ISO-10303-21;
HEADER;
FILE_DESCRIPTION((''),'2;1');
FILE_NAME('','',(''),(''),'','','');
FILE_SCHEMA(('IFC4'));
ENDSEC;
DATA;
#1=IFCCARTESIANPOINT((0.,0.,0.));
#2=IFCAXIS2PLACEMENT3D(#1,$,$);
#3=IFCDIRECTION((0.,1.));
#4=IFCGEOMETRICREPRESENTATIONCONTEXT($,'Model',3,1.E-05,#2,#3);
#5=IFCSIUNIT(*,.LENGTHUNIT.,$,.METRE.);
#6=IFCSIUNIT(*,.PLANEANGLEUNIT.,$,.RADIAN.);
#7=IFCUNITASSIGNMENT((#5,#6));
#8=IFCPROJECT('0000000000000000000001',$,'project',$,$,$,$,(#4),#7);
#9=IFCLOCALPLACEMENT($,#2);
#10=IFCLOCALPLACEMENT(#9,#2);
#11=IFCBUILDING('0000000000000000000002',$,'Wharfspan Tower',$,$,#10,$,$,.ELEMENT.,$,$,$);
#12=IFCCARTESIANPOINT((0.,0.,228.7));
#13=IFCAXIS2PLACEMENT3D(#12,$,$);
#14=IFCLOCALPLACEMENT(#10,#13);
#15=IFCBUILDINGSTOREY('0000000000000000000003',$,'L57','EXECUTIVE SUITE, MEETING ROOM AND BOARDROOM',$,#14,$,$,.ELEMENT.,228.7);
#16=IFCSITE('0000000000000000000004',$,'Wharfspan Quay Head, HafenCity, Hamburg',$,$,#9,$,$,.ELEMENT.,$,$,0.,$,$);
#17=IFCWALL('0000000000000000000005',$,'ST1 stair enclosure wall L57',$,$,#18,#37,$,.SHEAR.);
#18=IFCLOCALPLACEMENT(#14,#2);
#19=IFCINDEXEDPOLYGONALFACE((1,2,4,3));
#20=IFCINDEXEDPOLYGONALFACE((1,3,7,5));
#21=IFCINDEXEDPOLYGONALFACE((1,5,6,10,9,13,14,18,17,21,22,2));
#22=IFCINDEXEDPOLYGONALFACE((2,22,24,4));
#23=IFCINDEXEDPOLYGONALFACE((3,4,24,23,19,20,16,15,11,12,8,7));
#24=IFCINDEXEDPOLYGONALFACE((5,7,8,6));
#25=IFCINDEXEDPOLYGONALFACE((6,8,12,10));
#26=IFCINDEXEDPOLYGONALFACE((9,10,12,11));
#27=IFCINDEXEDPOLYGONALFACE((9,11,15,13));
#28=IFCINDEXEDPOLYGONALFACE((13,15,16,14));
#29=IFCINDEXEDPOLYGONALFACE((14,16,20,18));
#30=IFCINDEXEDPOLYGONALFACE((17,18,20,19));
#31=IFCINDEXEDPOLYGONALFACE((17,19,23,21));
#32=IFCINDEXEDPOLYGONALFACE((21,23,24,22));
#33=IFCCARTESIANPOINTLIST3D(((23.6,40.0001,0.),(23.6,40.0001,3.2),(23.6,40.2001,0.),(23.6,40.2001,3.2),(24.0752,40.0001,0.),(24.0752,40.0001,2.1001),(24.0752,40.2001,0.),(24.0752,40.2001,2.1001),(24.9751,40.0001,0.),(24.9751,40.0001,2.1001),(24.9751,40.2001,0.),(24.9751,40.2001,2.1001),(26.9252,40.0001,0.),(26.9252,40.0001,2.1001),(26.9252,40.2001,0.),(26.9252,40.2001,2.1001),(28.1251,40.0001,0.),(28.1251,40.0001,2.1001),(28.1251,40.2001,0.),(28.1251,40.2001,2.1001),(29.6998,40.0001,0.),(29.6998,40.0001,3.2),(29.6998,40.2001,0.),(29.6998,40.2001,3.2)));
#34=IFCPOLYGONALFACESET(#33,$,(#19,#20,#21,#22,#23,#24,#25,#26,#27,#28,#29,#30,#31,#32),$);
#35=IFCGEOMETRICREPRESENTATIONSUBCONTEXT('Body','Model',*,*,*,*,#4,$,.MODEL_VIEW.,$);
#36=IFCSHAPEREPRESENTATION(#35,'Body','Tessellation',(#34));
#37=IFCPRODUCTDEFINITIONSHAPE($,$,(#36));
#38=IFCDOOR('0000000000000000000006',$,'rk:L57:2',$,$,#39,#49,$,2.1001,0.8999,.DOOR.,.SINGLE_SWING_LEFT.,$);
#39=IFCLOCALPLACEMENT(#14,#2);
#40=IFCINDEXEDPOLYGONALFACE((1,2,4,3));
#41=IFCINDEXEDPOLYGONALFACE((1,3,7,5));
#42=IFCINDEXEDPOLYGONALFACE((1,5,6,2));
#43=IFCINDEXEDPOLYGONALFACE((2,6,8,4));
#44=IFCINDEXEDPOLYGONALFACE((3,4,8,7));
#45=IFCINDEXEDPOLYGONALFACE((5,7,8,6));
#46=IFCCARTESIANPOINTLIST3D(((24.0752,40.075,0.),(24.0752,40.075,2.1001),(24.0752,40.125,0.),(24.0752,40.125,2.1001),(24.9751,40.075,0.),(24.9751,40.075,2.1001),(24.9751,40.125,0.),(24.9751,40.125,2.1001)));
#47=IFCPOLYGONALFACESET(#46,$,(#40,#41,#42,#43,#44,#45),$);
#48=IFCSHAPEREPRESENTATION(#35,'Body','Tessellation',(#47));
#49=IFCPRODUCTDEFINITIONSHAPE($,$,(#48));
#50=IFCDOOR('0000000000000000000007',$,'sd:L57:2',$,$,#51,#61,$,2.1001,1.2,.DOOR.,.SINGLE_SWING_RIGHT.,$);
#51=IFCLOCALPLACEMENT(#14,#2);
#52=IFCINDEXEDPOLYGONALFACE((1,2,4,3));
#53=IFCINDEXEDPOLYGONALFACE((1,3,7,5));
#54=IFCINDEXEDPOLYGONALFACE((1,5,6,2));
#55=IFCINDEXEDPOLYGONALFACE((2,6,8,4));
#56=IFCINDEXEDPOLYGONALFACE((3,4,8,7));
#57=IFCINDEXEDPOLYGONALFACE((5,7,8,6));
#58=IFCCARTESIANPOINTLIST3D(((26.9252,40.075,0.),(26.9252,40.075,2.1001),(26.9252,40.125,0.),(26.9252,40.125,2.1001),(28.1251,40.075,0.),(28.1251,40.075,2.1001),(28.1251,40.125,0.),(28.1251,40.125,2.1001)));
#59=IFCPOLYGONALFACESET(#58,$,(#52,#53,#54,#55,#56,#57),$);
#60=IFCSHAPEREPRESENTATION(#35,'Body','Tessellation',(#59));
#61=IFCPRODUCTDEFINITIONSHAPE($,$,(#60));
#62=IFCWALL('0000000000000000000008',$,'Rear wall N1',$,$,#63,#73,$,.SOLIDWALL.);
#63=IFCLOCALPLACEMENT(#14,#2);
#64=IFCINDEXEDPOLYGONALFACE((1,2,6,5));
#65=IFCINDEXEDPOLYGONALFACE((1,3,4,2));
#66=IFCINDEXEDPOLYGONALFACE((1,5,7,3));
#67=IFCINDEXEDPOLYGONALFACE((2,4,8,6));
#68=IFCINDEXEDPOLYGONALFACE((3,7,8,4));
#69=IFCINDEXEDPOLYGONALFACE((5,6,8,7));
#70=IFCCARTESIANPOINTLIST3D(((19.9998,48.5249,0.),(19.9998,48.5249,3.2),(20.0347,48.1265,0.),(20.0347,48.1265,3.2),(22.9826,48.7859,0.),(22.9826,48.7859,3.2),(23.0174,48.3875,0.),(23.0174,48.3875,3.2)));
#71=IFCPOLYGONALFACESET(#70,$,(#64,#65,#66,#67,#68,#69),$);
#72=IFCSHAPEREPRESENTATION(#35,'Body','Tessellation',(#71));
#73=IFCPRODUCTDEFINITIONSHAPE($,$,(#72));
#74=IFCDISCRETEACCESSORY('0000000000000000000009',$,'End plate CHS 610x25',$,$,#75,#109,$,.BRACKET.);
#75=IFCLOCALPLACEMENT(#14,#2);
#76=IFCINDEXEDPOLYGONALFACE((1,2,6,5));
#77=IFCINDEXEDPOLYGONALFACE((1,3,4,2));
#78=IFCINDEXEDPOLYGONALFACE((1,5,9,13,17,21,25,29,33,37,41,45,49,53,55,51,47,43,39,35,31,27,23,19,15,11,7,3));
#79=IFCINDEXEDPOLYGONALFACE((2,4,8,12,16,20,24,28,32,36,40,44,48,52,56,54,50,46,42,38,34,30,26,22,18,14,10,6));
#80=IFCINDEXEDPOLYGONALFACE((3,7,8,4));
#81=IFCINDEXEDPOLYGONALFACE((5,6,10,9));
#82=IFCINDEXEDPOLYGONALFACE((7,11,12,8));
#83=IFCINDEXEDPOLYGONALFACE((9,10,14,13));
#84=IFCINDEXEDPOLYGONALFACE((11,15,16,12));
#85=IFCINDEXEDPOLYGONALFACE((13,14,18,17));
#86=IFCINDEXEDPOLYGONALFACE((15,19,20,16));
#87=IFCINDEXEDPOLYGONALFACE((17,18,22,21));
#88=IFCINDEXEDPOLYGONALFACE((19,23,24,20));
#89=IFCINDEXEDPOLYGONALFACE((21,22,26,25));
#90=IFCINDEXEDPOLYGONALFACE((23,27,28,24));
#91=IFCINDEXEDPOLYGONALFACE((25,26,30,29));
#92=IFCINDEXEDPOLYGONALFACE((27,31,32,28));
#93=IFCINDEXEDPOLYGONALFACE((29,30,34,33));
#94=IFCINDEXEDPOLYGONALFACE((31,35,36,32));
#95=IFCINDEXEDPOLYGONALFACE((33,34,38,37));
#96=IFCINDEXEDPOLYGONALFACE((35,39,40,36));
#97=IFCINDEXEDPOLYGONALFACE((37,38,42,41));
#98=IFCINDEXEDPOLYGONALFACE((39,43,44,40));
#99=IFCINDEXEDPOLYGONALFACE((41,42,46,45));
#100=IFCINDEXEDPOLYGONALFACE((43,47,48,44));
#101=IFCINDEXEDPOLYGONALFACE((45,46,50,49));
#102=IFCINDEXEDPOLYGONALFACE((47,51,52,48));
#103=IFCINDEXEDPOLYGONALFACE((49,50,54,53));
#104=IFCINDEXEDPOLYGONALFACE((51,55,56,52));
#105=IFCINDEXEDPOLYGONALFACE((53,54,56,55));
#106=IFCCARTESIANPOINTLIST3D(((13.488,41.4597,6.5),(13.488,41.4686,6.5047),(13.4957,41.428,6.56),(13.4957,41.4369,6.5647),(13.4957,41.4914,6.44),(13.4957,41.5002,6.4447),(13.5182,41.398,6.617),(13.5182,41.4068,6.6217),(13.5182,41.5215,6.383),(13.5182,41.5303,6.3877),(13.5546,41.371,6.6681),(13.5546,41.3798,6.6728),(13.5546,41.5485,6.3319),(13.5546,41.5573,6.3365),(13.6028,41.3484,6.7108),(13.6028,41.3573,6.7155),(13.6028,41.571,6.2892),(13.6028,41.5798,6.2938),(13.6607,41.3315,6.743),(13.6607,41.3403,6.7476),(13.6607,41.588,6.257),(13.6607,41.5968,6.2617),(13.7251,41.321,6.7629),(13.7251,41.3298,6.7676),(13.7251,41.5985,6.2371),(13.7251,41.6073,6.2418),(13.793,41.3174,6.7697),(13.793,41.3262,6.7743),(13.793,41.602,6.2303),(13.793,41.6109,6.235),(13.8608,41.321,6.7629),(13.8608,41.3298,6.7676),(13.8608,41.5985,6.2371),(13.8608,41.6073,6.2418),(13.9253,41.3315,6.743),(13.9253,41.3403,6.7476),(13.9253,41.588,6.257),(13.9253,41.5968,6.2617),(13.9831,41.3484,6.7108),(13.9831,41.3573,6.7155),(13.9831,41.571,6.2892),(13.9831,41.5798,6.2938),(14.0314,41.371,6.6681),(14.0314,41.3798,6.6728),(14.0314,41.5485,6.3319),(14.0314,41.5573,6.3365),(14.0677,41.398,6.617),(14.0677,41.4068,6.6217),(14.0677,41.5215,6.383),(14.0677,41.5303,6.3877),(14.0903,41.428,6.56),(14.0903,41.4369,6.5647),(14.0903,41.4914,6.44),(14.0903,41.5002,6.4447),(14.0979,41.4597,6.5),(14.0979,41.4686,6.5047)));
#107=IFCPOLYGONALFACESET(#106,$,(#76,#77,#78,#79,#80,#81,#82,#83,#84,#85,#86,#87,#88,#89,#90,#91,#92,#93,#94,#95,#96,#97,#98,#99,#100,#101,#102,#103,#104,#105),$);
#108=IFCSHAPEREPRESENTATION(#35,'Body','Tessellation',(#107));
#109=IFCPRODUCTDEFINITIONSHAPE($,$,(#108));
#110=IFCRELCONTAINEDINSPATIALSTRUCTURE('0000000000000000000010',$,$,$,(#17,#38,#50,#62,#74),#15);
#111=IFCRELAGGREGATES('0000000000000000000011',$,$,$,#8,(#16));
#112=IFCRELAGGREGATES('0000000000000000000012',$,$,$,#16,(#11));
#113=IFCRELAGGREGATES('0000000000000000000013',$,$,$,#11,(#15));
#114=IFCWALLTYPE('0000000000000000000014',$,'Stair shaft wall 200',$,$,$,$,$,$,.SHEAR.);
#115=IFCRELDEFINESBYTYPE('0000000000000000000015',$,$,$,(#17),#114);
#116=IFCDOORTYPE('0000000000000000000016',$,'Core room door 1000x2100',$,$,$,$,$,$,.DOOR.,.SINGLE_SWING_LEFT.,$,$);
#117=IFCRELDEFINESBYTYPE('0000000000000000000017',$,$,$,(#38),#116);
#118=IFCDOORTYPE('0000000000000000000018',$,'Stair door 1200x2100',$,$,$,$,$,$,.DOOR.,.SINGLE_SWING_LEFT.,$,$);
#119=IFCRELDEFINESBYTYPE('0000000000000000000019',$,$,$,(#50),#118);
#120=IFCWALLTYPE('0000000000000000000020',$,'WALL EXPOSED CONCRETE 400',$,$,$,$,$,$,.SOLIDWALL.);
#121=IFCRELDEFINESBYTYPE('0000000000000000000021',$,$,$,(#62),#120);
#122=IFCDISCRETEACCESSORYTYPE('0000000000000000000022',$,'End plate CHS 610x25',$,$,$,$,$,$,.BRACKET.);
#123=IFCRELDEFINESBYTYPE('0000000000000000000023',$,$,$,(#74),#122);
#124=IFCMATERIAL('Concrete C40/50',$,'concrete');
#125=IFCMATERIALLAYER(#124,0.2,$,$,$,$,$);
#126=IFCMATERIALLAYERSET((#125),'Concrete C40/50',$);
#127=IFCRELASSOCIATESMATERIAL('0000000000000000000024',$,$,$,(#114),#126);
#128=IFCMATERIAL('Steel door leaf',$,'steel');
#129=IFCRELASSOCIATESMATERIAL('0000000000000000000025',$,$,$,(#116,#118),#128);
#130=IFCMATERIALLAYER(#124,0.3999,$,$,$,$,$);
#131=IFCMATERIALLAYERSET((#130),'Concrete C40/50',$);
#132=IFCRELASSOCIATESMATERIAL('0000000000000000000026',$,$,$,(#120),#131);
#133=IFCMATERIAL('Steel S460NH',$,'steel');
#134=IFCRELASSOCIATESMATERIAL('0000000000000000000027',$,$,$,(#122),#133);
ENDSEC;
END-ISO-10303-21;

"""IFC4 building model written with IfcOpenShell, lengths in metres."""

from ifc_helpers import new_model, si_unit, direction, frame, frame_2d, origin, origin_2d, place, context, subcontext, project, spatial, rectangle, circle, extrude, material, layer, layer_set, material_profile, profile_set, type_object, element, fill, save


model = new_model("IFC4")

# Units and contexts
model_context = context("Model", 3, precision=1e-05, world=origin(), true_north=direction((0.0, 1.0)))
body_context = subcontext(model_context, "Body", "Model", "MODEL_VIEW")
ifc_project = project(units=[si_unit("LENGTHUNIT", "METRE"), si_unit("PLANEANGLEUNIT", "RADIAN")], contexts=[model_context])

# Site, building, storey
site_placement = place(None, origin())
site = spatial("IfcSite", under=ifc_project, at=site_placement, Name="Wharfspan Quay Head, HafenCity, Hamburg", CompositionType="ELEMENT", RefElevation=0.0)
building_placement = place(site_placement, origin())
building = spatial("IfcBuilding", under=site, at=building_placement, Name="Wharfspan Tower", CompositionType="ELEMENT")
storey_placement = place(building_placement, frame((0.0, 0.0, 228.7)))
storey = spatial("IfcBuildingStorey", under=building, at=storey_placement, Name="L57", Description="EXECUTIVE SUITE, MEETING ROOM AND BOARDROOM", CompositionType="ELEMENT", Elevation=228.7)

# Shared definitions
ifc_material_1 = material(Name="Concrete C40/50", Category="concrete")

# Wall, openings, doors
ifc_layer_1 = layer(ifc_material_1, 0.2)
ifc_layer_set_1 = layer_set([ifc_layer_1], Name="Concrete C40/50")
wall_type_1 = type_object("IfcWallType", Name="Stair shaft wall 200", PredefinedType="SHEAR", material=ifc_layer_set_1)
wall_1_placement = place(storey_placement, frame((23.6001, 40.1001, 0.0), z_axis=(0.0, 0.0, 1.0), x_axis=(1.0, 0.0, 0.0)))
wall_1 = element("IfcWall", 1, at=wall_1_placement, inside=storey, type_object=wall_type_1, Name="ST1 stair enclosure wall L57", PredefinedType="SHEAR", context=body_context, shape_type="SweptSolid", body=[
    extrude(rectangle(XDim=6.0999, YDim=0.2, at=frame_2d((3.0498, 0.0))), origin(), (0.0, 0.0, 1.0), 3.2),
])
opening_1_placement = place(wall_1_placement, frame((3.325, 0.0, 0.0)))
opening_1 = element("IfcOpeningElement", 2, at=opening_1_placement, cuts=wall_1, PredefinedType="OPENING", context=body_context, shape_type="SweptSolid", body=[
    extrude(rectangle(XDim=1.2, YDim=2.1001, at=frame_2d((0.6001, 1.05))), frame((0.0, 0.1099, 0.0), z_axis=(0.0, -1.0, 0.0), x_axis=(1.0, 0.0, 0.0)), (0.0, 0.0, 1.0), 0.22),
])
opening_2_placement = place(wall_1_placement, frame((0.4751, 0.0, 0.0)))
opening_2 = element("IfcOpeningElement", 3, at=opening_2_placement, cuts=wall_1, PredefinedType="OPENING", context=body_context, shape_type="SweptSolid", body=[
    extrude(rectangle(XDim=0.8999, YDim=2.1001, at=frame_2d((0.45, 1.05))), frame((0.0, 0.1099, 0.0), z_axis=(0.0, -1.0, 0.0), x_axis=(1.0, 0.0, 0.0)), (0.0, 0.0, 1.0), 0.22),
])
ifc_material_2 = material(Name="Steel door leaf", Category="steel")
door_type_1 = type_object("IfcDoorType", Name="Core room door 1000x2100", OperationType="SINGLE_SWING_LEFT", PredefinedType="DOOR", material=ifc_material_2)
door_1_placement = place(opening_2_placement, origin())
door_1 = element("IfcDoor", 4, at=door_1_placement, inside=storey, type_object=door_type_1, Name="rk:L57:2", OperationType="SINGLE_SWING_LEFT", OverallHeight=2.1001, OverallWidth=0.8999, PredefinedType="DOOR", context=body_context, shape_type="SweptSolid", body=[
    extrude(rectangle(XDim=0.8999, YDim=2.1001, at=frame_2d((0.45, 1.05))), frame((0.0, 0.0249, 0.0), z_axis=(0.0, -1.0, 0.0), x_axis=(1.0, 0.0, 0.0)), (0.0, 0.0, 1.0), 0.05),
])
fill(opening_2, door_1)
door_type_2 = type_object("IfcDoorType", Name="Stair door 1200x2100", OperationType="SINGLE_SWING_LEFT", PredefinedType="DOOR", material=ifc_material_2)
door_2_placement = place(opening_1_placement, origin())
door_2 = element("IfcDoor", 5, at=door_2_placement, inside=storey, type_object=door_type_2, Name="sd:L57:2", OperationType="SINGLE_SWING_RIGHT", OverallHeight=2.1001, OverallWidth=1.2, PredefinedType="DOOR", context=body_context, shape_type="SweptSolid", body=[
    extrude(rectangle(XDim=1.2, YDim=2.1001, at=frame_2d((0.6001, 1.05))), frame((0.0, 0.0249, 0.0), z_axis=(0.0, -1.0, 0.0), x_axis=(1.0, 0.0, 0.0)), (0.0, 0.0, 1.0), 0.05),
])
fill(opening_1, door_2)

# Wall
ifc_layer_2 = layer(ifc_material_1, 0.3999)
ifc_layer_set_2 = layer_set([ifc_layer_2], Name="Concrete C40/50")
wall_type_2 = type_object("IfcWallType", Name="WALL EXPOSED CONCRETE 400", PredefinedType="SOLIDWALL", material=ifc_layer_set_2)
wall_2_placement = place(storey_placement, frame((23.0, 48.5867, 0.0), z_axis=(0.0, 0.0, 1.0), x_axis=(-0.996194, -0.087168, 0.0)))
element("IfcWall", 6, at=wall_2_placement, inside=storey, type_object=wall_type_2, Name="Rear wall N1", PredefinedType="SOLIDWALL", context=body_context, shape_type="SweptSolid", body=[
    extrude(rectangle(XDim=2.9941, YDim=0.3999, at=frame_2d((1.4971, 0.0))), origin(), (0.0, 0.0, 1.0), 3.2),
])

# Discrete accessory
ifc_material_3 = material(Name="Steel S460NH", Category="steel")
ifc_material_profile_1 = material_profile(ifc_material_3, circle(Radius=0.3049, at=origin_2d()))
ifc_profile_set_1 = profile_set([ifc_material_profile_1], Name="Steel S460NH")
discrete_accessory_type = type_object("IfcDiscreteAccessoryType", Name="End plate CHS 610x25", PredefinedType="BRACKET", material=ifc_profile_set_1)
discrete_accessory_placement = place(storey_placement, frame((13.793, 41.4597, 6.5), z_axis=(0.0, 0.884385, 0.466759), x_axis=(-1.0, 0.0, 0.0)))
element("IfcDiscreteAccessory", 7, at=discrete_accessory_placement, inside=storey, type_object=discrete_accessory_type, Name="End plate CHS 610x25", PredefinedType="BRACKET", context=body_context, shape_type="SweptSolid", body=[
    extrude(circle(Radius=0.3049, at=origin_2d()), origin(), (0.0, 0.0, 1.0), 0.01),
])

save(model, "model.ifc")
